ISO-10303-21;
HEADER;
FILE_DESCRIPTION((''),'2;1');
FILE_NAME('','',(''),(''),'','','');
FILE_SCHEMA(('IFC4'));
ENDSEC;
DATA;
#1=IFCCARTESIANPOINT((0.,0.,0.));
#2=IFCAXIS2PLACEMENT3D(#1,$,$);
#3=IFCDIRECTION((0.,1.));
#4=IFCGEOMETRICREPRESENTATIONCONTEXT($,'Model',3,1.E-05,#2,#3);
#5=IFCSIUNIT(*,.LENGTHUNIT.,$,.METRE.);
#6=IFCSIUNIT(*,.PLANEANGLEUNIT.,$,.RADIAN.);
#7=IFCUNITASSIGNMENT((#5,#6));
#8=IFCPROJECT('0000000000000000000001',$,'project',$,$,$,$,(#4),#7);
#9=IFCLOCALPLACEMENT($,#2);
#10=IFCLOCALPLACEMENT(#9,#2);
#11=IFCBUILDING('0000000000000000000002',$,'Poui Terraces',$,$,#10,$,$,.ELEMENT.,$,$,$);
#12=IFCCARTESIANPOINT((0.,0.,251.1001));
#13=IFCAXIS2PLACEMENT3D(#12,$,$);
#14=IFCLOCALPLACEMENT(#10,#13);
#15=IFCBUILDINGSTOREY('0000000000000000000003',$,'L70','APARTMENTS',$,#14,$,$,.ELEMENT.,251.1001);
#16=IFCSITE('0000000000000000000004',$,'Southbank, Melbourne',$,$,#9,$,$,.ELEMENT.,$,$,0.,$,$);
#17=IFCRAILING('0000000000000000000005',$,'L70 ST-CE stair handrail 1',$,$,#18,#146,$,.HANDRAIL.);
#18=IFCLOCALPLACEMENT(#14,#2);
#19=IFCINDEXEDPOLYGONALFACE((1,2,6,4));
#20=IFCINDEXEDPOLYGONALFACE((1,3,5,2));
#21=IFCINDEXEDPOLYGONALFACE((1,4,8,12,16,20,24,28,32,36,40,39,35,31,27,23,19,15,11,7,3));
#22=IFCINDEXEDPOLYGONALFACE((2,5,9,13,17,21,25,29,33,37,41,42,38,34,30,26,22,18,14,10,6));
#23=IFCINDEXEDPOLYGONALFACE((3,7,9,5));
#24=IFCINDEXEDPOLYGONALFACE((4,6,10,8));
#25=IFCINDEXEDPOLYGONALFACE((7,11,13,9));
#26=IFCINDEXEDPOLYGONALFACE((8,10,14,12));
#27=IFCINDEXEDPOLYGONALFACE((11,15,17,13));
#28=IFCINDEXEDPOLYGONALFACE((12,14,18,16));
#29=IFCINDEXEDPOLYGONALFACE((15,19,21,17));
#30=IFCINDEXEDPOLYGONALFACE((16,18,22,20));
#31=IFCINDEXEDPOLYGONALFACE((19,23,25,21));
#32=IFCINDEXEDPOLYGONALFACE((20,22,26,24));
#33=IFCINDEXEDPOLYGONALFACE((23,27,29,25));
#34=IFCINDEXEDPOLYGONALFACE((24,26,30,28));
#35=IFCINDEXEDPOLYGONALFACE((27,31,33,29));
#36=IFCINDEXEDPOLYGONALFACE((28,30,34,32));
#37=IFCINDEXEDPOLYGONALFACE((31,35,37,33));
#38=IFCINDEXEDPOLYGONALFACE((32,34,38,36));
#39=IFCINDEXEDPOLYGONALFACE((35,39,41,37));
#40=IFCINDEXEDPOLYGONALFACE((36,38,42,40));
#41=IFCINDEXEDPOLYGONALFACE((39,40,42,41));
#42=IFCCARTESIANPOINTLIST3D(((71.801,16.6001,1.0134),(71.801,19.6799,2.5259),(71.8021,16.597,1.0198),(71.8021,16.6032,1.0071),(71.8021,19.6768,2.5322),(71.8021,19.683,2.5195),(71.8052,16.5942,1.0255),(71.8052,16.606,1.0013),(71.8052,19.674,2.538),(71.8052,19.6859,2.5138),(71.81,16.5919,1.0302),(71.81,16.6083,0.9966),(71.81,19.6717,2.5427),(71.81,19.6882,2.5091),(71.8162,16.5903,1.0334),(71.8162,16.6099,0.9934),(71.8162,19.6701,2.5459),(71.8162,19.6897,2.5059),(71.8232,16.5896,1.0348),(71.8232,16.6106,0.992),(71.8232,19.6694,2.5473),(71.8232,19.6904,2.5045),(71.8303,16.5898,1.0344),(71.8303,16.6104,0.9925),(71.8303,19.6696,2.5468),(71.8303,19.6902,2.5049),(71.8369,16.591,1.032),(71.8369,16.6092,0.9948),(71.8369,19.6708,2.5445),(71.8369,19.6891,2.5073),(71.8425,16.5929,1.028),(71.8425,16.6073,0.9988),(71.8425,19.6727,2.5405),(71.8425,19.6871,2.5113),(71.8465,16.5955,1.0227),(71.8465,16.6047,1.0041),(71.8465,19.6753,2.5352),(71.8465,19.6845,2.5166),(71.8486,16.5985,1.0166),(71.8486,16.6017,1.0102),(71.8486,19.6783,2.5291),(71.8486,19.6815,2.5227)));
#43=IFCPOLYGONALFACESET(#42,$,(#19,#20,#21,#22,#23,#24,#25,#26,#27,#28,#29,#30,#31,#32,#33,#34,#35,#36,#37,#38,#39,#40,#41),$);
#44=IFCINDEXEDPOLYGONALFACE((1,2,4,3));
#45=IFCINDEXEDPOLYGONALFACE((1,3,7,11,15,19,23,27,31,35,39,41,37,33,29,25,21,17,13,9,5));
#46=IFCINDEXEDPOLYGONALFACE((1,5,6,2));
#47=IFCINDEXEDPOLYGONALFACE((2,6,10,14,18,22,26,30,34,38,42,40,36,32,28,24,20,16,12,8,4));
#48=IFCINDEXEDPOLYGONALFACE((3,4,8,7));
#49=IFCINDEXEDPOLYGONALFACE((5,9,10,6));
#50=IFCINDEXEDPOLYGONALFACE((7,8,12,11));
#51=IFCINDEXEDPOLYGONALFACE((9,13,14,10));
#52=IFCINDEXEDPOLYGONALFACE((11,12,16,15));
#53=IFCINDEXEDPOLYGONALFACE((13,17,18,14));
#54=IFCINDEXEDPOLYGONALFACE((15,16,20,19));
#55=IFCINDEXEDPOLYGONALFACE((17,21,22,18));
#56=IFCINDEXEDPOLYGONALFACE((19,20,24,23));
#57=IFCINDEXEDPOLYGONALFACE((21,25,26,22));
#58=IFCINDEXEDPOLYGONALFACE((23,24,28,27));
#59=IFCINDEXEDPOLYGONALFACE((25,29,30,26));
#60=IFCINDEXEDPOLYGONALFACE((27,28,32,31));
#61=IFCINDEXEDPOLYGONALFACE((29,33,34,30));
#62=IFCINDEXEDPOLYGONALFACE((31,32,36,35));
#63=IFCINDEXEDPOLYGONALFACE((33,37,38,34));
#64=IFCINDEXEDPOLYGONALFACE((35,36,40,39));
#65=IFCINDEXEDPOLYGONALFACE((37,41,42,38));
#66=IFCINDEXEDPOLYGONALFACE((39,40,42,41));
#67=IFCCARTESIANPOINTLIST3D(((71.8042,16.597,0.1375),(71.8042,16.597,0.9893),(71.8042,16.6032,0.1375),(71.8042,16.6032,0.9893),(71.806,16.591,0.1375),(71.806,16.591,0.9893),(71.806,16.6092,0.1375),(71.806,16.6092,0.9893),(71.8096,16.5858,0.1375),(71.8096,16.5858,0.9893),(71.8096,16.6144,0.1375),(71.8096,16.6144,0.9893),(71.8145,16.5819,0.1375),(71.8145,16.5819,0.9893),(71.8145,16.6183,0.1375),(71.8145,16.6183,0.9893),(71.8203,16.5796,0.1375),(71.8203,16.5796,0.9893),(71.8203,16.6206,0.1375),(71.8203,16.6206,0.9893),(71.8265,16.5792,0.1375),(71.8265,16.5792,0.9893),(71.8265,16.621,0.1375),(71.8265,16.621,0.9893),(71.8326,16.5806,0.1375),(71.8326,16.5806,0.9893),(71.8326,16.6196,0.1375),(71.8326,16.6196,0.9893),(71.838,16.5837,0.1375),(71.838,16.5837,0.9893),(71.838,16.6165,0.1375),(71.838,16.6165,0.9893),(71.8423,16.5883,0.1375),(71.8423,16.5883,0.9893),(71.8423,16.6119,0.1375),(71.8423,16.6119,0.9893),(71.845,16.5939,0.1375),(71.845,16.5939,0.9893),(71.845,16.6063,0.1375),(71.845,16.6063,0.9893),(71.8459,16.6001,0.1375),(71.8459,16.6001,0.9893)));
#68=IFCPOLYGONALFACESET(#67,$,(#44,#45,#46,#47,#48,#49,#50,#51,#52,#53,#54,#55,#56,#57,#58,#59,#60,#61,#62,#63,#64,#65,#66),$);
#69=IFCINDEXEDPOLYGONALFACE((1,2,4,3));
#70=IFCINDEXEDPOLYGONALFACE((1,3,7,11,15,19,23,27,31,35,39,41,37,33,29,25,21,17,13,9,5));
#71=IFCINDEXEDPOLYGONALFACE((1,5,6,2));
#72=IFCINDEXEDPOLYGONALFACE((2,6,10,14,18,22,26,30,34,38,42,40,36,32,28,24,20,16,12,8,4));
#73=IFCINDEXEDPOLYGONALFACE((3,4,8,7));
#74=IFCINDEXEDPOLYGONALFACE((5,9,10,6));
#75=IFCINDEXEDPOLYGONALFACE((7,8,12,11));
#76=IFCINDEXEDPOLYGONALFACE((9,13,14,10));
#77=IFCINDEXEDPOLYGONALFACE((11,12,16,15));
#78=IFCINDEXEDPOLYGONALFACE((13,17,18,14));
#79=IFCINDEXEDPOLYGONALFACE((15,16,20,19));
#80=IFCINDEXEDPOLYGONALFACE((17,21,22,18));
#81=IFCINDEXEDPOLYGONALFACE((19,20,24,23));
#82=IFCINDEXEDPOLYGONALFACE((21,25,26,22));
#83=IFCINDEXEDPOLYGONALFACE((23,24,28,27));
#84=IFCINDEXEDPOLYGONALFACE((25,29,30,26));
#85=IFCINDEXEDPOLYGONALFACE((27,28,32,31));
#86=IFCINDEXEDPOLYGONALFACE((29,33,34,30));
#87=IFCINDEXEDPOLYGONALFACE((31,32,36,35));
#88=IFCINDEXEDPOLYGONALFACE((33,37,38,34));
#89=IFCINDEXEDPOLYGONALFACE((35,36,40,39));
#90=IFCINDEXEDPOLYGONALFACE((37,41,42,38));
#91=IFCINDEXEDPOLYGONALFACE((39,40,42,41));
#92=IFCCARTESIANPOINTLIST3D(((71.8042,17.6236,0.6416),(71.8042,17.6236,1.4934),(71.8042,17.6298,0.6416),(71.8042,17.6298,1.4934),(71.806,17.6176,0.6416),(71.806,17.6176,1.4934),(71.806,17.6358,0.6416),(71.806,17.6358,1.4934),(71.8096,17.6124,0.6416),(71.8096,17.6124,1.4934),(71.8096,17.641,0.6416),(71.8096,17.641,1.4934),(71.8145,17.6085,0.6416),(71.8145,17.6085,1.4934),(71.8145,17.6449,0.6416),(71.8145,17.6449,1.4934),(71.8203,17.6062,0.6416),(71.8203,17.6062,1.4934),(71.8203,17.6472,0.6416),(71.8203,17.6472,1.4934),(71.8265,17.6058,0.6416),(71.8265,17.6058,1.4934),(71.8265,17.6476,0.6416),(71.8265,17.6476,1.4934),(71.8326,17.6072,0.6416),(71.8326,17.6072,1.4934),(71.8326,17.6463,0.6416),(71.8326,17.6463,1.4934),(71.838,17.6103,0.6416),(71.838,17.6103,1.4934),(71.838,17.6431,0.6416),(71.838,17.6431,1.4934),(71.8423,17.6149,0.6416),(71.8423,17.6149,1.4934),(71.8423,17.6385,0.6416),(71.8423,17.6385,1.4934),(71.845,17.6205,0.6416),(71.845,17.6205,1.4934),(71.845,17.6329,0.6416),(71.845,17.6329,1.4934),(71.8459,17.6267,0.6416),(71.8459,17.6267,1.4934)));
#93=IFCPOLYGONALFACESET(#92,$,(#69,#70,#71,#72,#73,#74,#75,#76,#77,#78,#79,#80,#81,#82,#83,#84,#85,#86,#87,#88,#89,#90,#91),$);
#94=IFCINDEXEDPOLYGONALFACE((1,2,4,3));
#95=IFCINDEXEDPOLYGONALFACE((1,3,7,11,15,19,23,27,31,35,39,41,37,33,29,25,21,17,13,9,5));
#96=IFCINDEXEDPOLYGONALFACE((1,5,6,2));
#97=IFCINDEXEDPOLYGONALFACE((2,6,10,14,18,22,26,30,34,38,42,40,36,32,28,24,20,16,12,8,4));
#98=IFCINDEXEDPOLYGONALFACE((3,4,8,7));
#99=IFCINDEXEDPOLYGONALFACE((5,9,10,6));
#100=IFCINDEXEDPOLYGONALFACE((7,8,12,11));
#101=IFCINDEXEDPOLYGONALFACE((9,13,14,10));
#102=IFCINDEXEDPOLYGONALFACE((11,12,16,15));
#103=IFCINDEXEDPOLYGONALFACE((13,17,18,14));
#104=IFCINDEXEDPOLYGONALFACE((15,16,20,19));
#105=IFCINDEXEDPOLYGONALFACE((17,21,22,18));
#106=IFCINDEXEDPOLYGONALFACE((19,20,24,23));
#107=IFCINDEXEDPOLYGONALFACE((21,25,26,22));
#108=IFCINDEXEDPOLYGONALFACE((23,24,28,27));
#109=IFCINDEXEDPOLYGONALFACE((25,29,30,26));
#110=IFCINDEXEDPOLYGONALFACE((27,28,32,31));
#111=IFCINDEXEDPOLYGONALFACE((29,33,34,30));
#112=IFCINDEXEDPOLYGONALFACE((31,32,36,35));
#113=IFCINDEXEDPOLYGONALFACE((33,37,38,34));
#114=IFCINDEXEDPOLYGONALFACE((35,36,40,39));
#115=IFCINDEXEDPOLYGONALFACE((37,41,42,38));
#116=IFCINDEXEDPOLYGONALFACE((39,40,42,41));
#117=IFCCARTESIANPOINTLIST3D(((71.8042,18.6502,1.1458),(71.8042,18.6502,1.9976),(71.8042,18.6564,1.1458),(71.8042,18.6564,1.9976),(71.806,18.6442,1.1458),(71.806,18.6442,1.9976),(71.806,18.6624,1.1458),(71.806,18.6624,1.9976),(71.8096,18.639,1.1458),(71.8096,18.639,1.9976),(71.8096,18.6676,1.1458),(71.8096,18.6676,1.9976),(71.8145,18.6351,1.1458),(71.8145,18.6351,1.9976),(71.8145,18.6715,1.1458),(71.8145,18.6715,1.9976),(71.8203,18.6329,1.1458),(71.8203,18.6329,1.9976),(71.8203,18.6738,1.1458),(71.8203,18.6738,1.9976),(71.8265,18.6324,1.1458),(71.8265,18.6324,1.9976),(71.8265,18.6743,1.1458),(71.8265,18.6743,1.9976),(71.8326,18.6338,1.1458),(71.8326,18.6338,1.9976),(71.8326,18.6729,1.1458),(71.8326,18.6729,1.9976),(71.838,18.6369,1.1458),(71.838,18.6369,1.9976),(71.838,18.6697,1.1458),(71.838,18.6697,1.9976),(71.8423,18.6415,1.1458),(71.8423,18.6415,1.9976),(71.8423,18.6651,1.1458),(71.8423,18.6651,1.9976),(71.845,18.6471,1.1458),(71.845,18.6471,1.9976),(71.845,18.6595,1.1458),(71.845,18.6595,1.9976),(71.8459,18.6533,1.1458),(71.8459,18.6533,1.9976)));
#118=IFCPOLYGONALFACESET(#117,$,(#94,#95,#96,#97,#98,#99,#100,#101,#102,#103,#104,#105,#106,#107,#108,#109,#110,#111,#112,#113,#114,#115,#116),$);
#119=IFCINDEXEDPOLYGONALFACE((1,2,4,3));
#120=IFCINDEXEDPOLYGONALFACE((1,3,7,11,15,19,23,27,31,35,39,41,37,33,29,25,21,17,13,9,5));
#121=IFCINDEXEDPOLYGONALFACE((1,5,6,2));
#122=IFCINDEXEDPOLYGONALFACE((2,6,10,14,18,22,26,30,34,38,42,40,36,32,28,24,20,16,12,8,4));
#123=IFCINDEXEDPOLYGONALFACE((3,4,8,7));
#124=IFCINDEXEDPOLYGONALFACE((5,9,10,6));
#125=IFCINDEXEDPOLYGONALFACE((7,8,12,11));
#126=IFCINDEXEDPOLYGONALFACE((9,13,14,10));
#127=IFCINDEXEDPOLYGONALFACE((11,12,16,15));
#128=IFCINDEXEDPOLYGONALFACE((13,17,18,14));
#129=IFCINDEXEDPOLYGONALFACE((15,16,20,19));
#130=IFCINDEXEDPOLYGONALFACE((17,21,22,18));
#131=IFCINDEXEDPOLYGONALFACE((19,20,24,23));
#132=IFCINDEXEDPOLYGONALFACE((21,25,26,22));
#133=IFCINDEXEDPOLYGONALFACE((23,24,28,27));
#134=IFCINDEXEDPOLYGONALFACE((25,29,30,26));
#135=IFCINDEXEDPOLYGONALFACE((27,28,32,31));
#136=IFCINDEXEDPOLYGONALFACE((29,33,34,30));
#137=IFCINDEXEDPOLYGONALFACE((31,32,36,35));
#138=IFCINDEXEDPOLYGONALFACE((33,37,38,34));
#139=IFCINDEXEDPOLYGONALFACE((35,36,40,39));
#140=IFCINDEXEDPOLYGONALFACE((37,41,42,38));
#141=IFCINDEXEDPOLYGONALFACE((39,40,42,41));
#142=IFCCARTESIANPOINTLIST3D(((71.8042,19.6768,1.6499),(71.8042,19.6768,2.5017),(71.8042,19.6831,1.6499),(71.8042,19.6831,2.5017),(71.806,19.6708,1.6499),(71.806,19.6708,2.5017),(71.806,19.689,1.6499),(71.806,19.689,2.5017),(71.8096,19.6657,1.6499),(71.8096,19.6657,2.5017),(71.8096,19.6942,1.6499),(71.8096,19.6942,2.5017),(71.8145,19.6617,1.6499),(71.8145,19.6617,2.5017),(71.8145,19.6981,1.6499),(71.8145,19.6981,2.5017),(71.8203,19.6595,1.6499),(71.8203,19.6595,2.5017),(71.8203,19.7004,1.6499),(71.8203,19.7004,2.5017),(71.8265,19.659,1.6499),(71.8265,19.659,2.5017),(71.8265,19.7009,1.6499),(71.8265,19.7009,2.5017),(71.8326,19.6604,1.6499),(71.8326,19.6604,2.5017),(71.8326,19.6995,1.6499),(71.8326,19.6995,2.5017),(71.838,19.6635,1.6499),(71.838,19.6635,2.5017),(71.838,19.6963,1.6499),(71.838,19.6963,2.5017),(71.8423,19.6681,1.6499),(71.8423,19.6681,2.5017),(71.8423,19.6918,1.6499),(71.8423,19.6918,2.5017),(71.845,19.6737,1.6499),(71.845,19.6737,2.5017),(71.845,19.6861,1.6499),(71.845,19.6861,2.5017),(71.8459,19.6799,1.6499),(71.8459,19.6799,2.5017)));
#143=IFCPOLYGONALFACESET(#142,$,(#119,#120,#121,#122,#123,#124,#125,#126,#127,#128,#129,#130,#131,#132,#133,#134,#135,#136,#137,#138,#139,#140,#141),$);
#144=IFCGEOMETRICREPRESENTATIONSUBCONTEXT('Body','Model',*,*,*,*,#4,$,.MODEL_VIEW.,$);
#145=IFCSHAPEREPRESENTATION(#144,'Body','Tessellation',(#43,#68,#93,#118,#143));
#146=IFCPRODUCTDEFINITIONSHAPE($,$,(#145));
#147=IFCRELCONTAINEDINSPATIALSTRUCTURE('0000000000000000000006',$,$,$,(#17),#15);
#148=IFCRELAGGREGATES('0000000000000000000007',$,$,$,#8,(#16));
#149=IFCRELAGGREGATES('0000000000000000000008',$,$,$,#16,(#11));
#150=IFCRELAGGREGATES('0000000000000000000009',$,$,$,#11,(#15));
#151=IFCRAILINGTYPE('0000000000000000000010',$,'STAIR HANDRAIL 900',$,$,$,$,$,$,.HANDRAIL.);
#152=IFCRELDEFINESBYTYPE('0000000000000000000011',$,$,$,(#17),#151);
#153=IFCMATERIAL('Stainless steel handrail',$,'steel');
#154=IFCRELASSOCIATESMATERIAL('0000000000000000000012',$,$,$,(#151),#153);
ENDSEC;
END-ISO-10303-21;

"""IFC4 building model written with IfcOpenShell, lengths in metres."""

from ifc_helpers import new_model, si_unit, direction, frame, origin, origin_2d, place, context, subcontext, project, spatial, circle, extrude, material, type_object, element, save


model = new_model("IFC4")

# Units and contexts
model_context = context("Model", 3, precision=1e-05, world=origin(), true_north=direction((0.0, 1.0)))
body_context = subcontext(model_context, "Body", "Model", "MODEL_VIEW")
ifc_project = project(units=[si_unit("LENGTHUNIT", "METRE"), si_unit("PLANEANGLEUNIT", "RADIAN")], contexts=[model_context])

# Site, building, storey
site_placement = place(None, origin())
site = spatial("IfcSite", under=ifc_project, at=site_placement, Name="Southbank, Melbourne", CompositionType="ELEMENT", RefElevation=0.0)
building_placement = place(site_placement, origin())
building = spatial("IfcBuilding", under=site, at=building_placement, Name="Poui Terraces", CompositionType="ELEMENT")
storey_placement = place(building_placement, frame((0.0, 0.0, 251.1001)))
storey = spatial("IfcBuildingStorey", under=building, at=storey_placement, Name="L70", Description="APARTMENTS", CompositionType="ELEMENT", Elevation=251.1001)

# Railing
ifc_material_1 = material(Name="Stainless steel handrail", Category="steel")
railing_type_1 = type_object("IfcRailingType", Name="STAIR HANDRAIL 900", PredefinedType="HANDRAIL", material=ifc_material_1)
railing_1_placement = place(storey_placement, frame((71.825, 16.6001, 0.1375)))
element("IfcRailing", 1, at=railing_1_placement, inside=storey, type_object=railing_type_1, Name="L70 ST-CE stair handrail 1", PredefinedType="HANDRAIL", context=body_context, shape_type="SweptSolid", body=[
    extrude(circle(Radius=0.0239, at=origin_2d()), frame((0.0, 0.0, 0.876), z_axis=(0.0, 0.897606, 0.440798), x_axis=(-1.0, 0.0, 0.0)), (0.0, 0.0, 1.0), 3.4312),
    extrude(circle(Radius=0.021, at=origin_2d()), origin(), (0.0, 0.0, 1.0), 0.8518),
    extrude(circle(Radius=0.021, at=origin_2d()), frame((0.0, 1.0266, 0.5042)), (0.0, 0.0, 1.0), 0.8518),
    extrude(circle(Radius=0.021, at=origin_2d()), frame((0.0, 2.0532, 1.0083)), (0.0, 0.0, 1.0), 0.8518),
    extrude(circle(Radius=0.021, at=origin_2d()), frame((0.0, 3.0798, 1.5125)), (0.0, 0.0, 1.0), 0.8518),
])

save(model, "model.ifc")
